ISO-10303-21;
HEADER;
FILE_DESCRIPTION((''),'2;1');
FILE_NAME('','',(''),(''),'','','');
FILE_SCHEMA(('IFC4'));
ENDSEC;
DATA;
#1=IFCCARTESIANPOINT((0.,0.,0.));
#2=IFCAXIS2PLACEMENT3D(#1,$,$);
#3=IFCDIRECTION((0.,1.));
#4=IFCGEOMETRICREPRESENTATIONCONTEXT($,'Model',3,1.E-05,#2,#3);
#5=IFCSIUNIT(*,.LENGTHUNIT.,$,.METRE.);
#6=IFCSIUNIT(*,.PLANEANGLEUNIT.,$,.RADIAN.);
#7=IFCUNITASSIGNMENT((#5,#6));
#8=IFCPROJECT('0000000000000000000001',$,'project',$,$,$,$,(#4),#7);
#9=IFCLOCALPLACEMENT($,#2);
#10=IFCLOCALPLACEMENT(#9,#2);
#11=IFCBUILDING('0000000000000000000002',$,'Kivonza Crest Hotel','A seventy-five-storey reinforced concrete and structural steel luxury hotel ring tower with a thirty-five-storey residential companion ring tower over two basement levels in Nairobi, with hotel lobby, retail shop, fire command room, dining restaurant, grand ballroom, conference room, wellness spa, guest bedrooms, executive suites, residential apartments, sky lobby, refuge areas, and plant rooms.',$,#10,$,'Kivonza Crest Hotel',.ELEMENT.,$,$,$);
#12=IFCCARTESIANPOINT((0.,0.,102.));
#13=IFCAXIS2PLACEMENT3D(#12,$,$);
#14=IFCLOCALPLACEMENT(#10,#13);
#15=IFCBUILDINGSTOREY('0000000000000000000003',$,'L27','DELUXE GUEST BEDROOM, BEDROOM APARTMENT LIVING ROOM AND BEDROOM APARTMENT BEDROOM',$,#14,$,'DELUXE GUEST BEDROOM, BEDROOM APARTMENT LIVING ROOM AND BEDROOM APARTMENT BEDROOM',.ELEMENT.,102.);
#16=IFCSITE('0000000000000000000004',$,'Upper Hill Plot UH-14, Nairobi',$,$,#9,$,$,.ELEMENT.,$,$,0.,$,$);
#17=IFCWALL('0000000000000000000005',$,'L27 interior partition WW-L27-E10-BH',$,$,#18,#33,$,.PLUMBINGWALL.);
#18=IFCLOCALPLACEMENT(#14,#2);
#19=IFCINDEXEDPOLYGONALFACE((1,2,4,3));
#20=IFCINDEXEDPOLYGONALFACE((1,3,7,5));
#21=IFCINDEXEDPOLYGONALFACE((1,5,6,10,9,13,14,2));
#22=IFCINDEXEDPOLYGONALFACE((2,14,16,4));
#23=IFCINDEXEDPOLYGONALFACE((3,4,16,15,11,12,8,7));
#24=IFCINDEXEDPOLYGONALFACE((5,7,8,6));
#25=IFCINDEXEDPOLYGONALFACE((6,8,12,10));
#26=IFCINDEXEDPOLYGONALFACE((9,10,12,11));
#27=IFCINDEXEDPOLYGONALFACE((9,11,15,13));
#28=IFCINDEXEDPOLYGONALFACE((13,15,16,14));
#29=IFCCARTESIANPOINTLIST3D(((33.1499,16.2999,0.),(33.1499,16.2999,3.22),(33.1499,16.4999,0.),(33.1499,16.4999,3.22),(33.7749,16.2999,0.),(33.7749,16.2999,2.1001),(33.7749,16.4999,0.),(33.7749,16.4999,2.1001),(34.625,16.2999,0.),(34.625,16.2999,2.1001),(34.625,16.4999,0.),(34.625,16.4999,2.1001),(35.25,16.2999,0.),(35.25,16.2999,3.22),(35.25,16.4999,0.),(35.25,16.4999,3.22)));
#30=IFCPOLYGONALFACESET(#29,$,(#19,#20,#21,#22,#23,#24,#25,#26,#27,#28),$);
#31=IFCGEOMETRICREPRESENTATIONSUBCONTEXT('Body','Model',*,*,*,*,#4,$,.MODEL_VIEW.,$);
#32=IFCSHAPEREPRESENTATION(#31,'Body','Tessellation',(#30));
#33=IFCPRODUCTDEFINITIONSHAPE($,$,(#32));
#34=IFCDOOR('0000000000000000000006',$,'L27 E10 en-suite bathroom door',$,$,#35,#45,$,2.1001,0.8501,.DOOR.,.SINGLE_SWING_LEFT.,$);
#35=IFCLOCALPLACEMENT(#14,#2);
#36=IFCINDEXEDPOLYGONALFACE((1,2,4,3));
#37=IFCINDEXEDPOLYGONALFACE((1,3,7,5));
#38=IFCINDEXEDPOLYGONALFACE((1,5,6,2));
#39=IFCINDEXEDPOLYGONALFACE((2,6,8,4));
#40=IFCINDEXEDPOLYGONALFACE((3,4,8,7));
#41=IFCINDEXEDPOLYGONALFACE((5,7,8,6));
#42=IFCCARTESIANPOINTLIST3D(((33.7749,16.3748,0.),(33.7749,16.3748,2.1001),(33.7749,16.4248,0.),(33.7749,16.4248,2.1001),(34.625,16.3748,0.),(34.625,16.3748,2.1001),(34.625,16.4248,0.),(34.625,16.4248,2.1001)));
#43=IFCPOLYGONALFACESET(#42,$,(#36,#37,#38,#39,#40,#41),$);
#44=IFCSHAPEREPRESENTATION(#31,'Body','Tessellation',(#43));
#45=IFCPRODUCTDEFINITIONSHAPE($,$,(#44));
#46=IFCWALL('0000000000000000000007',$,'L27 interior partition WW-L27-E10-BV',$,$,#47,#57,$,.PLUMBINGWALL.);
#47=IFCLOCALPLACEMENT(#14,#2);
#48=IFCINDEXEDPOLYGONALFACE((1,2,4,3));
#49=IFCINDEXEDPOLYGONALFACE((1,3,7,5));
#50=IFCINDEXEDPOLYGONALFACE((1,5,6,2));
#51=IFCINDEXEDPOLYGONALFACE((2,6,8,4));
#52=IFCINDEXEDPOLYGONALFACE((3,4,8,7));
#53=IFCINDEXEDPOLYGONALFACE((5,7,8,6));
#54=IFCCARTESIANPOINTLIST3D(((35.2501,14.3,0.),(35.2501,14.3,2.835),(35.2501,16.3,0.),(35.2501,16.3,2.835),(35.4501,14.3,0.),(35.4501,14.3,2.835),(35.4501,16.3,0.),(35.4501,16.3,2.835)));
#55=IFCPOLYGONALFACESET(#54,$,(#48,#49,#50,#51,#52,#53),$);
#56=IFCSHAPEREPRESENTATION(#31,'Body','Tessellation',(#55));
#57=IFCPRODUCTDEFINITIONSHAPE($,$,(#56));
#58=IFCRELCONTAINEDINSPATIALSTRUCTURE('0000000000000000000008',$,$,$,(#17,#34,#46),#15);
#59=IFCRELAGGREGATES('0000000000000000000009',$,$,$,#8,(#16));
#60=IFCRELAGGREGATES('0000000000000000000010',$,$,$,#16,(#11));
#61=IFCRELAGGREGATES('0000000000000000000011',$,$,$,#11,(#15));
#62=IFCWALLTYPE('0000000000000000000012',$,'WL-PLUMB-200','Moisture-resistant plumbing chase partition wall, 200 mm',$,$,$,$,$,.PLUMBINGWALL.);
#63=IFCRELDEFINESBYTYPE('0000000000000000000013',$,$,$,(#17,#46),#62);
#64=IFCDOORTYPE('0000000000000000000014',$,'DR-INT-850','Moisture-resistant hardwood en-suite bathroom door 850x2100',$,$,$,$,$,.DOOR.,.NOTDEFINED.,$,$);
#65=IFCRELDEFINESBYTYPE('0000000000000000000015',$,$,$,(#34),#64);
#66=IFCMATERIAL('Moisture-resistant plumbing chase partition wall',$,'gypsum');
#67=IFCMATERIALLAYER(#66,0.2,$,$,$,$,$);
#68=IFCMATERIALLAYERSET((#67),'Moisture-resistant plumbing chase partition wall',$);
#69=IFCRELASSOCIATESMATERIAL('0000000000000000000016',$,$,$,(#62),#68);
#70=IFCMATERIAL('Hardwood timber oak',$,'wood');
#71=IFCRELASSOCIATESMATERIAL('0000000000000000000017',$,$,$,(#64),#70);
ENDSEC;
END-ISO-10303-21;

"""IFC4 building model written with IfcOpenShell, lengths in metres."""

from ifc_helpers import new_model, si_unit, direction, frame, frame_2d, origin, place, context, subcontext, project, spatial, rectangle, extrude, material, layer, layer_set, type_object, element, fill, save


model = new_model("IFC4")

# Units and contexts
model_context = context("Model", 3, precision=1e-05, world=origin(), true_north=direction((0.0, 1.0)))
body_context = subcontext(model_context, "Body", "Model", "MODEL_VIEW")
ifc_project = project(units=[si_unit("LENGTHUNIT", "METRE"), si_unit("PLANEANGLEUNIT", "RADIAN")], contexts=[model_context])

# Site, building, storey
site_placement = place(None, origin())
site = spatial("IfcSite", under=ifc_project, at=site_placement, Name="Upper Hill Plot UH-14, Nairobi", CompositionType="ELEMENT", RefElevation=0.0)
building_placement = place(site_placement, origin())
building = spatial("IfcBuilding", under=site, at=building_placement, Name="Kivonza Crest Hotel", Description="A seventy-five-storey reinforced concrete and structural steel luxury hotel ring tower with a thirty-five-storey residential companion ring tower over two basement levels in Nairobi, with hotel lobby, retail shop, fire command room, dining restaurant, grand ballroom, conference room, wellness spa, guest bedrooms, executive suites, residential apartments, sky lobby, refuge areas, and plant rooms.", LongName="Kivonza Crest Hotel", CompositionType="ELEMENT")
storey_placement = place(building_placement, frame((0.0, 0.0, 102.0)))
storey = spatial("IfcBuildingStorey", under=building, at=storey_placement, Name="L27", Description="DELUXE GUEST BEDROOM, BEDROOM APARTMENT LIVING ROOM AND BEDROOM APARTMENT BEDROOM", LongName="DELUXE GUEST BEDROOM, BEDROOM APARTMENT LIVING ROOM AND BEDROOM APARTMENT BEDROOM", CompositionType="ELEMENT", Elevation=102.0)

# Shared definitions
ifc_material_1 = material(Name="Hardwood timber oak", Category="wood")

# Wall, opening, door
ifc_material_2 = material(Name="Moisture-resistant plumbing chase partition wall", Category="gypsum")
ifc_layer_1 = layer(ifc_material_2, 0.2)
ifc_layer_set_1 = layer_set([ifc_layer_1], Name="Moisture-resistant plumbing chase partition wall")
wall_type_1 = type_object("IfcWallType", Name="WL-PLUMB-200", Description="Moisture-resistant plumbing chase partition wall, 200 mm", PredefinedType="PLUMBINGWALL", material=ifc_layer_set_1)
wall_1_placement = place(storey_placement, frame((33.1499, 16.3999, 0.0), z_axis=(0.0, 0.0, 1.0), x_axis=(1.0, 0.0, 0.0)))
wall_1 = element("IfcWall", 1, at=wall_1_placement, inside=storey, type_object=wall_type_1, Name="L27 interior partition WW-L27-E10-BH", PredefinedType="PLUMBINGWALL", context=body_context, shape_type="SweptSolid", body=[
    extrude(rectangle(XDim=2.1001, YDim=0.2, at=frame_2d((1.05, 0.0))), origin(), (0.0, 0.0, 1.0), 3.22),
])
opening_1_placement = place(wall_1_placement, frame((0.625, 0.0, 0.0)))
opening_1 = element("IfcOpeningElement", 2, at=opening_1_placement, cuts=wall_1, PredefinedType="OPENING", context=body_context, shape_type="SweptSolid", body=[
    extrude(rectangle(XDim=0.8501, YDim=2.1001, at=frame_2d((0.425, 1.05))), frame((0.0, 0.1099, 0.0), z_axis=(0.0, -1.0, 0.0), x_axis=(1.0, 0.0, 0.0)), (0.0, 0.0, 1.0), 0.22),
])
door_type_1 = type_object("IfcDoorType", Name="DR-INT-850", Description="Moisture-resistant hardwood en-suite bathroom door 850x2100", OperationType="NOTDEFINED", PredefinedType="DOOR", material=ifc_material_1)
door_1_placement = place(opening_1_placement, origin())
door_1 = element("IfcDoor", 3, at=door_1_placement, inside=storey, type_object=door_type_1, Name="L27 E10 en-suite bathroom door", OperationType="SINGLE_SWING_LEFT", OverallHeight=2.1001, OverallWidth=0.8501, PredefinedType="DOOR", context=body_context, shape_type="SweptSolid", body=[
    extrude(rectangle(XDim=0.8501, YDim=2.1001, at=frame_2d((0.425, 1.05))), frame((0.0, 0.0249, 0.0), z_axis=(0.0, -1.0, 0.0), x_axis=(1.0, 0.0, 0.0)), (0.0, 0.0, 1.0), 0.05),
])
fill(opening_1, door_1)

# Wall
wall_2_placement = place(storey_placement, frame((35.3501, 14.3, 0.0), z_axis=(0.0, 0.0, 1.0), x_axis=(0.0, 1.0, 0.0)))
element("IfcWall", 4, at=wall_2_placement, inside=storey, type_object=wall_type_1, Name="L27 interior partition WW-L27-E10-BV", PredefinedType="PLUMBINGWALL", context=body_context, shape_type="SweptSolid", body=[
    extrude(rectangle(XDim=2.0, YDim=0.2, at=frame_2d((1.0, 0.0))), origin(), (0.0, 0.0, 1.0), 2.835),
])

save(model, "model.ifc")
